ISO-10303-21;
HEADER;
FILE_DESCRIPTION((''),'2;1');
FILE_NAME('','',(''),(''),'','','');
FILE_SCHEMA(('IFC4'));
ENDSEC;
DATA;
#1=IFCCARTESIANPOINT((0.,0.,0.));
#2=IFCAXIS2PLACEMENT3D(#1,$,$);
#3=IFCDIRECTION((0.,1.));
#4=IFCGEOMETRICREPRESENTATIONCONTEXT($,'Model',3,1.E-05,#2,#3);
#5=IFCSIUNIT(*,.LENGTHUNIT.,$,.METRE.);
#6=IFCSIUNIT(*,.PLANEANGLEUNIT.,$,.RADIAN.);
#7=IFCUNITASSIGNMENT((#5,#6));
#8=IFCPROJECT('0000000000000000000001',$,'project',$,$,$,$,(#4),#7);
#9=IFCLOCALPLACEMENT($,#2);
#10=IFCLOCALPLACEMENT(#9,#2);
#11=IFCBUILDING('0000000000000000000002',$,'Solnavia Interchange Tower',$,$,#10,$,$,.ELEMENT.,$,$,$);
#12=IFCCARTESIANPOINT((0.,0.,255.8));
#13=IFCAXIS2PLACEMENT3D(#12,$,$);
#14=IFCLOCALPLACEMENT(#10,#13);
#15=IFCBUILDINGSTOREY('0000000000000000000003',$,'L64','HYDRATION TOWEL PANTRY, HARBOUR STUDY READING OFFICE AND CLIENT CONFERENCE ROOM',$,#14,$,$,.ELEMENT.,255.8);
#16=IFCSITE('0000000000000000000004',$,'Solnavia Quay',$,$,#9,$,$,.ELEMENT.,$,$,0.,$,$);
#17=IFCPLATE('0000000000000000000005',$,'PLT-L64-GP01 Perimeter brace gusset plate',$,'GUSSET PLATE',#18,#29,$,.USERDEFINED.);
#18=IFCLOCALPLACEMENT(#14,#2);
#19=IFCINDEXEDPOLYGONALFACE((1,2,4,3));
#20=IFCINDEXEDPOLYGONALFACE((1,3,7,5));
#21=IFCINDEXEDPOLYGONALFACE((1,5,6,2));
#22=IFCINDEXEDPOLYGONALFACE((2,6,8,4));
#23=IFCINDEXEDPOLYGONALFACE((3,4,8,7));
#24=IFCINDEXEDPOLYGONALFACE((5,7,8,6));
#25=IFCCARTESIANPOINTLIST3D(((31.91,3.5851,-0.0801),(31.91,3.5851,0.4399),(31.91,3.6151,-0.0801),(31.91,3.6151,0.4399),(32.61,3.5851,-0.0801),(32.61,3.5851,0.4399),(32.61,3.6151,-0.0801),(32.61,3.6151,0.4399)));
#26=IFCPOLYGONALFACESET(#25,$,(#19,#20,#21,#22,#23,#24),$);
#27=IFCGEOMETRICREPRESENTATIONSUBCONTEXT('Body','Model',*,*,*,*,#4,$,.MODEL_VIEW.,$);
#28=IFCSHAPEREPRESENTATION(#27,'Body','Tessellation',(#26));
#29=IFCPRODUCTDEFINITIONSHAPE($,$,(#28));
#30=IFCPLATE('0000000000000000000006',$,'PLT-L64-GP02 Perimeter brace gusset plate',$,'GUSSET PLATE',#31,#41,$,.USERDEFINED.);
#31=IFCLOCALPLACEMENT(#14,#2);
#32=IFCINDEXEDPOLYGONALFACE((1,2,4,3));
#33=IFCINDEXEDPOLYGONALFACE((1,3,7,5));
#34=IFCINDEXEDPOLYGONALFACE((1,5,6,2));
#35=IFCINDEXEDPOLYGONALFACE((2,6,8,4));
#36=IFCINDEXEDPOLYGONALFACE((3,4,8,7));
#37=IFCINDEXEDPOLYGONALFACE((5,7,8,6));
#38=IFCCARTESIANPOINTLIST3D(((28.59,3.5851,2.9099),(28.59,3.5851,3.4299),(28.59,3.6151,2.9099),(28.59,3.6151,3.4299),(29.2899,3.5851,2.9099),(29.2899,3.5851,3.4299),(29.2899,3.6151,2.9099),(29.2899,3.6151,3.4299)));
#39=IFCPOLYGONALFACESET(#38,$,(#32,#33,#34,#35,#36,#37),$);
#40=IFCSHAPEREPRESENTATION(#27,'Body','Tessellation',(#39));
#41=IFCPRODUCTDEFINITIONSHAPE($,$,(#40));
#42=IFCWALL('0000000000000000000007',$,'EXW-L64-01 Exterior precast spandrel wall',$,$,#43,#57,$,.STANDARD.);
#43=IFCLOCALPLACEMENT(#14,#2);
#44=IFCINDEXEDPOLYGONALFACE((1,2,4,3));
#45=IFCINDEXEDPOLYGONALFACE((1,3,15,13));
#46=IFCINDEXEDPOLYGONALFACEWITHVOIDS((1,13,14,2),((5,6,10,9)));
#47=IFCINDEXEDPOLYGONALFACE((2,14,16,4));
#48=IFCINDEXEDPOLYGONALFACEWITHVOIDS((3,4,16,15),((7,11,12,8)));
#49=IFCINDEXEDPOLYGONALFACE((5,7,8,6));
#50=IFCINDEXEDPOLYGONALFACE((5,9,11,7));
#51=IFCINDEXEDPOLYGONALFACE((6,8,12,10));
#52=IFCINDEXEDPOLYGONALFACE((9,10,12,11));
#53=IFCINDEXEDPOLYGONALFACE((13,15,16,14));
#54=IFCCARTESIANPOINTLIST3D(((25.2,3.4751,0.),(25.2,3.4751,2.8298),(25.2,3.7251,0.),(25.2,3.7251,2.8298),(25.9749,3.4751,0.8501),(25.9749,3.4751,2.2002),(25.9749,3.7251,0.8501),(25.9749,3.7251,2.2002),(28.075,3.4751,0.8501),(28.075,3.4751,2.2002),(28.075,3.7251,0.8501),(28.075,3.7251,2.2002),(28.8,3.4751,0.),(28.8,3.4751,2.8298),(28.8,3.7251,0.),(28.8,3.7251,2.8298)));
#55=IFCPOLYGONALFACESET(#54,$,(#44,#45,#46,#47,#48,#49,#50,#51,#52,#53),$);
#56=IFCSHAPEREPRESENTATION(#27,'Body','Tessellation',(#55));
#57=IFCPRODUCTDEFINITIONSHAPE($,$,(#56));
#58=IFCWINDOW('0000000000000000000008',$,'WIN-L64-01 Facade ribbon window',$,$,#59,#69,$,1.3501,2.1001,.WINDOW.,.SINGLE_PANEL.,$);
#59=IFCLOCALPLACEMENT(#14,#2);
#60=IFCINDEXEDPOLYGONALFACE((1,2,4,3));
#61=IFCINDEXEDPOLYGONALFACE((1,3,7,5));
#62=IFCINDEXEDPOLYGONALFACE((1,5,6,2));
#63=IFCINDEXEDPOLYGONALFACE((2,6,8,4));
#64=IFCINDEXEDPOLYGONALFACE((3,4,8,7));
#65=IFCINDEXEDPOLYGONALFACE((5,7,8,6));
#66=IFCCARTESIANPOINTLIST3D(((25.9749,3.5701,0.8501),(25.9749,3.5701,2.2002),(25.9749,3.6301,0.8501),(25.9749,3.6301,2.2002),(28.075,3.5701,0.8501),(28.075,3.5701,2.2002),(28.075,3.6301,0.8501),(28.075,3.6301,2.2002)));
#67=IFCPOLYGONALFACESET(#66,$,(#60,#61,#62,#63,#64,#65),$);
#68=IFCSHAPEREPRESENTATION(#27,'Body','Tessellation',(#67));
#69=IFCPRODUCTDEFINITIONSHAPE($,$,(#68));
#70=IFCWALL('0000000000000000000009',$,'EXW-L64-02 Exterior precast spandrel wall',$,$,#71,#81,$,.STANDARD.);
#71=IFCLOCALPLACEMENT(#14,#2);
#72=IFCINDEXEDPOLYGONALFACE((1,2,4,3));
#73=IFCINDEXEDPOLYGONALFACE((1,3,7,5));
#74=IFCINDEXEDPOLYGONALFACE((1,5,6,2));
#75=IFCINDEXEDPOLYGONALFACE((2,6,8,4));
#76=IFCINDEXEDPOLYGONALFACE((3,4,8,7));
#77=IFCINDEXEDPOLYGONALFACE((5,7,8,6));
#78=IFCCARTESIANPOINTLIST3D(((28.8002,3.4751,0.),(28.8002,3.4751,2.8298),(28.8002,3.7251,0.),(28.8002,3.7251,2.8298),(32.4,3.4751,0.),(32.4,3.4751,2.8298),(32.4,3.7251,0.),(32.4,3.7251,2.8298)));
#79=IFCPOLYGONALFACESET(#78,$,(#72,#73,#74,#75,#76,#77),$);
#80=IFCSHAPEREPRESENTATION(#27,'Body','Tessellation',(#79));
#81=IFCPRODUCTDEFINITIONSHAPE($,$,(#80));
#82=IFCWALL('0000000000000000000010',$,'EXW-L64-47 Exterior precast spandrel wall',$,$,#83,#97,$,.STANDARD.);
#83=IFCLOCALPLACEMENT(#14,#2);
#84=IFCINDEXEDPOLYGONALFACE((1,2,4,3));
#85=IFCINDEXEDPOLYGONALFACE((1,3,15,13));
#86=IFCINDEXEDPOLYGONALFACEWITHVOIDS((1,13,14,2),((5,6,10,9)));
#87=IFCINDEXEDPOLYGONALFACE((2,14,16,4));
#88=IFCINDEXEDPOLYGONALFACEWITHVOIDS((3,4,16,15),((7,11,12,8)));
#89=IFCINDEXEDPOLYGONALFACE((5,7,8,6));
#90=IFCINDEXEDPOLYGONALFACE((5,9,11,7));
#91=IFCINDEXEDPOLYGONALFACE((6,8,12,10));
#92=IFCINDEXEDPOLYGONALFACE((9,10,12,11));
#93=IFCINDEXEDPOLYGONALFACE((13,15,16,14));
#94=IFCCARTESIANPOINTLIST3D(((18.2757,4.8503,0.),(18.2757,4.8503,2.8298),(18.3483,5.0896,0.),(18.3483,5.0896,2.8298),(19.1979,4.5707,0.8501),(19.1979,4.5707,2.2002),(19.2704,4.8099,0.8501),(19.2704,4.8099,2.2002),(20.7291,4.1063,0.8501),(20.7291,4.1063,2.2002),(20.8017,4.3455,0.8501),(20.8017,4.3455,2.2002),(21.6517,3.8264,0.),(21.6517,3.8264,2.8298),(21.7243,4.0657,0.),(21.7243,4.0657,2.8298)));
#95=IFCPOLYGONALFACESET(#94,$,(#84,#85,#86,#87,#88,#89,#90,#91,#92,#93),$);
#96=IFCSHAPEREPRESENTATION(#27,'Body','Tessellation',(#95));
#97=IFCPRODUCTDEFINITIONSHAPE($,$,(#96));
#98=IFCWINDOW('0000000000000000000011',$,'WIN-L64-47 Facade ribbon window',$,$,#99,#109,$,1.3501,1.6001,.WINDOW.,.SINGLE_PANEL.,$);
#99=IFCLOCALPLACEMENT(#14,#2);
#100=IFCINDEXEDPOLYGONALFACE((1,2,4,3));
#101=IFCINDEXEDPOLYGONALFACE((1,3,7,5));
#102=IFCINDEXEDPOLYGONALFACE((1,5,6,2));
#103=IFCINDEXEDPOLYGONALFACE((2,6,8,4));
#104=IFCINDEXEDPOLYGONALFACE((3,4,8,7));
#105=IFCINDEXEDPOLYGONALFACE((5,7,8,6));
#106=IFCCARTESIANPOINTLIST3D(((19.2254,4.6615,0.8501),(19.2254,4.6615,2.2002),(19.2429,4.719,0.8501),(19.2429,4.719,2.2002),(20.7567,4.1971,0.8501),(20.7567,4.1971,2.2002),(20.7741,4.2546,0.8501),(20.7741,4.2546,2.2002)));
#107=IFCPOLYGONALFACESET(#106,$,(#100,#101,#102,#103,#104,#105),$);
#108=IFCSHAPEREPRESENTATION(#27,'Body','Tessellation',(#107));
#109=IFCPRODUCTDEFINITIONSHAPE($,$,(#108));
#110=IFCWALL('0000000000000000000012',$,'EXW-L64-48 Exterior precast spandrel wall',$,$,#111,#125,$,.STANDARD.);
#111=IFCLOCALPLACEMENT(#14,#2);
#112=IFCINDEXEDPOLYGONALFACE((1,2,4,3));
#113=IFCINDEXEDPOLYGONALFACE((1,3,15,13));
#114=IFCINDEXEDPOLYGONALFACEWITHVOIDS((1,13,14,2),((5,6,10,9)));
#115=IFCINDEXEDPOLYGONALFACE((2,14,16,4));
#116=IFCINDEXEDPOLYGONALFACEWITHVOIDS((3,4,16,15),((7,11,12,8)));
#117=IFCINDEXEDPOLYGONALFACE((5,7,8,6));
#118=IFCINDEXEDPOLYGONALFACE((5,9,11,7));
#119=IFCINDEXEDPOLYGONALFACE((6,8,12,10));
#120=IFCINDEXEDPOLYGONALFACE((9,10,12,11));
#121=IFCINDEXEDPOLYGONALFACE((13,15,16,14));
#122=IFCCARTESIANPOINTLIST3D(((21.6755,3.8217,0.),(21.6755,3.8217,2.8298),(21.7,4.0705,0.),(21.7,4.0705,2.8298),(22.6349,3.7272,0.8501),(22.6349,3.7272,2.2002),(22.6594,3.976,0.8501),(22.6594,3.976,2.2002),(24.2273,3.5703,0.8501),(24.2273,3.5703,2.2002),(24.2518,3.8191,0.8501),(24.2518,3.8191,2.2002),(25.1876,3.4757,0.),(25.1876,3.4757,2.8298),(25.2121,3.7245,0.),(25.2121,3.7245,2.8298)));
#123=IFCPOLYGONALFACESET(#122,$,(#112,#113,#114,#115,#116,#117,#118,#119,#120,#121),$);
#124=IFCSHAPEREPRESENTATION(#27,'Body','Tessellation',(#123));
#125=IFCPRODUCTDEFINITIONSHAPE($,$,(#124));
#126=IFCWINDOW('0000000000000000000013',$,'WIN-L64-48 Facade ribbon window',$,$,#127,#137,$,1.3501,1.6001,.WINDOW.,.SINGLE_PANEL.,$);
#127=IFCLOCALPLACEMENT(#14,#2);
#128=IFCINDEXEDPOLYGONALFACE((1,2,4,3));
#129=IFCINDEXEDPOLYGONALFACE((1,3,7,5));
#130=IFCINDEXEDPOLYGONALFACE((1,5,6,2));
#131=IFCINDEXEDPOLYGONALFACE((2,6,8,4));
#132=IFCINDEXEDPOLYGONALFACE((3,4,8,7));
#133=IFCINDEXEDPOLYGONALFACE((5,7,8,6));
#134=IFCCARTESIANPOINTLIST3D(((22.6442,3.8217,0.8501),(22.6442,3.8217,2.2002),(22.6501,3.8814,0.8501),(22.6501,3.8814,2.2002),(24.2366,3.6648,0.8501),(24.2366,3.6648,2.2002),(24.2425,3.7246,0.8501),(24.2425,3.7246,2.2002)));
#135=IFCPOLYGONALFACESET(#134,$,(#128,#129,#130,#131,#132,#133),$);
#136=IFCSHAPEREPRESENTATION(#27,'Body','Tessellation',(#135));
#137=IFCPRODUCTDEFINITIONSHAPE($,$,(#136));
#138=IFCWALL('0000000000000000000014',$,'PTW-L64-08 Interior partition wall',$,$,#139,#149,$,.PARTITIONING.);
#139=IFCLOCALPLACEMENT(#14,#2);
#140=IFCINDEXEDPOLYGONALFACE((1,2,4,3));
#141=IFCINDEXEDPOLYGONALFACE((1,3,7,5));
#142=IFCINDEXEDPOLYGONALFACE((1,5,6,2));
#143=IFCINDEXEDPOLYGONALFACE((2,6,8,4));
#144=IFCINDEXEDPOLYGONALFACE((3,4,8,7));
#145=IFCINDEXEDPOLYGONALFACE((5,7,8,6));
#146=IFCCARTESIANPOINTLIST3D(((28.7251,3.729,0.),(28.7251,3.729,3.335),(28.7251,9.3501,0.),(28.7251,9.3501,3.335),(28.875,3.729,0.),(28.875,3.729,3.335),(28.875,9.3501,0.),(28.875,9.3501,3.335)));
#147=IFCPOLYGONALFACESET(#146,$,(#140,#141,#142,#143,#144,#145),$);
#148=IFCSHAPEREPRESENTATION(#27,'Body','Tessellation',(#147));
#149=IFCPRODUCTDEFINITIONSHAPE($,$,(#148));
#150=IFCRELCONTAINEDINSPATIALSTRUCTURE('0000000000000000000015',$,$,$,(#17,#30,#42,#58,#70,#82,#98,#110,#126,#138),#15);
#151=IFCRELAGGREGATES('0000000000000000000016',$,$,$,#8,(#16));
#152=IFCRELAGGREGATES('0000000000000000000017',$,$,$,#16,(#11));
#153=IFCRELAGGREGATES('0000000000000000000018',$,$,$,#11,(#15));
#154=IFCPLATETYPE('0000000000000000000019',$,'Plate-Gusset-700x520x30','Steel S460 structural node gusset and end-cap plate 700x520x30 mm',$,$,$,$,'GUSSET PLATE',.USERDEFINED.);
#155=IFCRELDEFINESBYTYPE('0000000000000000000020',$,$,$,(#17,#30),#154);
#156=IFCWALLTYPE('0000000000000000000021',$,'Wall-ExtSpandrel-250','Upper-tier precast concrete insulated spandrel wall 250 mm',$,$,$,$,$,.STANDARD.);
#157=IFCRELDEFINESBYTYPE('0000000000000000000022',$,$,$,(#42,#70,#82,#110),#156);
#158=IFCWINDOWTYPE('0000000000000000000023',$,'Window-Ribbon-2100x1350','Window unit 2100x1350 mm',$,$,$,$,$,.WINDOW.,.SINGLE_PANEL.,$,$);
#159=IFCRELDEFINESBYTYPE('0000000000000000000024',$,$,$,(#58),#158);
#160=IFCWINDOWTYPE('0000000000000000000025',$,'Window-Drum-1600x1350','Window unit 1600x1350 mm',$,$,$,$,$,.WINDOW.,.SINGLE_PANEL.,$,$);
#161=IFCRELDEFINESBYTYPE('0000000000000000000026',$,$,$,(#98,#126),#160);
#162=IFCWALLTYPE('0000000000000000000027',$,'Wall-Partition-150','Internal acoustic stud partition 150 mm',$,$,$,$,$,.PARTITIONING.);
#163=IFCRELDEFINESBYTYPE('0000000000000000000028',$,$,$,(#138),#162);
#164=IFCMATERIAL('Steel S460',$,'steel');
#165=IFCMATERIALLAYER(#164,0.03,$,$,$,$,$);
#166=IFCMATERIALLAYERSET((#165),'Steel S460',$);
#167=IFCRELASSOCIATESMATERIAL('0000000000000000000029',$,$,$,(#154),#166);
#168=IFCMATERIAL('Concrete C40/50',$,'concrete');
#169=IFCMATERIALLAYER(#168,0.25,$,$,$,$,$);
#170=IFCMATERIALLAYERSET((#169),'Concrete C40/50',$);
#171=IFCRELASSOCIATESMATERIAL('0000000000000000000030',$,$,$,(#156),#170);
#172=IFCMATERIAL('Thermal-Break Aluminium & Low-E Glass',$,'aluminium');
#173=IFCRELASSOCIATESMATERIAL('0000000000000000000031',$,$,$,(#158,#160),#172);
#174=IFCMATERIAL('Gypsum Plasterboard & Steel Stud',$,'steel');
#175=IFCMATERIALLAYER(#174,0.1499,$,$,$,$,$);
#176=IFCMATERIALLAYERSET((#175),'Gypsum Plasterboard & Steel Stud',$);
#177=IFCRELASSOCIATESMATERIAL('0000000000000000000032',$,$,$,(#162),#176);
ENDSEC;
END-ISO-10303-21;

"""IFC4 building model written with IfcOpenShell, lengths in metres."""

from ifc_helpers import new_model, si_unit, direction, frame, frame_2d, origin, origin_2d, place, context, subcontext, project, spatial, rectangle, extrude, material, layer, layer_set, type_object, element, fill, save


model = new_model("IFC4")

# Units and contexts
model_context = context("Model", 3, precision=1e-05, world=origin(), true_north=direction((0.0, 1.0)))
body_context = subcontext(model_context, "Body", "Model", "MODEL_VIEW")
ifc_project = project(units=[si_unit("LENGTHUNIT", "METRE"), si_unit("PLANEANGLEUNIT", "RADIAN")], contexts=[model_context])

# Site, building, storey
site_placement = place(None, origin())
site = spatial("IfcSite", under=ifc_project, at=site_placement, Name="Solnavia Quay", CompositionType="ELEMENT", RefElevation=0.0)
building_placement = place(site_placement, origin())
building = spatial("IfcBuilding", under=site, at=building_placement, Name="Solnavia Interchange Tower", CompositionType="ELEMENT")
storey_placement = place(building_placement, frame((0.0, 0.0, 255.8)))
storey = spatial("IfcBuildingStorey", under=building, at=storey_placement, Name="L64", Description="HYDRATION TOWEL PANTRY, HARBOUR STUDY READING OFFICE AND CLIENT CONFERENCE ROOM", CompositionType="ELEMENT", Elevation=255.8)

# Shared definitions
ifc_material_1 = material(Name="Steel S460", Category="steel")

# Plates
ifc_layer_1 = layer(ifc_material_1, 0.03)
ifc_layer_set_1 = layer_set([ifc_layer_1], Name="Steel S460")
plate_type = type_object("IfcPlateType", Name="Plate-Gusset-700x520x30", Description="Steel S460 structural node gusset and end-cap plate 700x520x30 mm", ElementType="GUSSET PLATE", PredefinedType="USERDEFINED", material=ifc_layer_set_1)
for number, where, z_axis, x_axis, name in (
    (1, (32.26, 3.6001, -0.0801), (0.0, 0.0, 1.0), (-1.0, 0.0, 0.0), "PLT-L64-GP01 Perimeter brace gusset plate"),
    (2, (28.9399, 3.6001, 2.9099), (0.0, 0.0, 1.0), (-1.0, 0.0, 0.0), "PLT-L64-GP02 Perimeter brace gusset plate"),
):
    element("IfcPlate", number, at=place(storey_placement, frame(where, z_axis=z_axis, x_axis=x_axis)), inside=storey, type_object=plate_type, Name=name, ObjectType="GUSSET PLATE", PredefinedType="USERDEFINED", context=body_context, shape_type="SweptSolid", body=[
        extrude(rectangle(XDim=0.7, YDim=0.03, at=origin_2d()), origin(), (0.0, 0.0, 1.0), 0.52),
    ])

# Wall, opening, window
ifc_material_2 = material(Name="Concrete C40/50", Category="concrete")
ifc_layer_2 = layer(ifc_material_2, 0.25)
ifc_layer_set_2 = layer_set([ifc_layer_2], Name="Concrete C40/50")
wall_type_1 = type_object("IfcWallType", Name="Wall-ExtSpandrel-250", Description="Upper-tier precast concrete insulated spandrel wall 250 mm", PredefinedType="STANDARD", material=ifc_layer_set_2)
wall_1_placement = place(storey_placement, frame((28.8, 3.6001, 0.0), z_axis=(0.0, 0.0, 1.0), x_axis=(-1.0, 0.0, 0.0)))
wall_1 = element("IfcWall", 3, at=wall_1_placement, inside=storey, type_object=wall_type_1, Name="EXW-L64-01 Exterior precast spandrel wall", PredefinedType="STANDARD", context=body_context, shape_type="SweptSolid", body=[
    extrude(rectangle(XDim=3.6001, YDim=0.25, at=frame_2d((1.8, 0.0))), origin(), (0.0, 0.0, 1.0), 2.8298),
])
opening_1_placement = place(wall_1_placement, frame((0.7251, 0.0, 0.8501)))
opening_1 = element("IfcOpeningElement", 4, at=opening_1_placement, cuts=wall_1, PredefinedType="OPENING", context=body_context, shape_type="SweptSolid", body=[
    extrude(rectangle(XDim=2.1001, YDim=1.3501, at=frame_2d((1.05, 0.675))), frame((0.0, 0.135, 0.0), z_axis=(0.0, -1.0, 0.0), x_axis=(1.0, 0.0, 0.0)), (0.0, 0.0, 1.0), 0.27),
])
ifc_material_3 = material(Name="Thermal-Break Aluminium & Low-E Glass", Category="aluminium")
window_type_1 = type_object("IfcWindowType", Name="Window-Ribbon-2100x1350", Description="Window unit 2100x1350 mm", PartitioningType="SINGLE_PANEL", PredefinedType="WINDOW", material=ifc_material_3)
window_1_placement = place(opening_1_placement, origin())
window_1 = element("IfcWindow", 5, at=window_1_placement, inside=storey, type_object=window_type_1, Name="WIN-L64-01 Facade ribbon window", OverallHeight=1.3501, OverallWidth=2.1001, PartitioningType="SINGLE_PANEL", PredefinedType="WINDOW", context=body_context, shape_type="SweptSolid", body=[
    extrude(rectangle(XDim=2.1001, YDim=1.3501, at=frame_2d((1.05, 0.675))), frame((0.0, 0.03, 0.0), z_axis=(0.0, -1.0, 0.0), x_axis=(1.0, 0.0, 0.0)), (0.0, 0.0, 1.0), 0.0601),
])
fill(opening_1, window_1)

# Wall
wall_2_placement = place(storey_placement, frame((32.3999, 3.6001, 0.0), z_axis=(0.0, 0.0, 1.0), x_axis=(-1.0, 0.0, 0.0)))
element("IfcWall", 6, at=wall_2_placement, inside=storey, type_object=wall_type_1, Name="EXW-L64-02 Exterior precast spandrel wall", PredefinedType="STANDARD", context=body_context, shape_type="SweptSolid", body=[
    extrude(rectangle(XDim=3.5999, YDim=0.25, at=frame_2d((1.7998, 0.0))), origin(), (0.0, 0.0, 1.0), 2.8298),
])

# Walls, openings, windows
wall_3_placement = place(storey_placement, frame((21.688, 3.946, 0.0), z_axis=(0.0, 0.0, 1.0), x_axis=(-0.956953, 0.290242, 0.0)))
wall_3 = element("IfcWall", 7, at=wall_3_placement, inside=storey, type_object=wall_type_1, Name="EXW-L64-47 Exterior precast spandrel wall", PredefinedType="STANDARD", context=body_context, shape_type="SweptSolid", body=[
    extrude(rectangle(XDim=3.5278, YDim=0.25, at=frame_2d((1.7639, 0.0))), origin(), (0.0, 0.0, 1.0), 2.8298),
])
opening_2_placement = place(wall_3_placement, frame((0.9641, 0.0, 0.8501)))
opening_2 = element("IfcOpeningElement", 8, at=opening_2_placement, cuts=wall_3, PredefinedType="OPENING", context=body_context, shape_type="SweptSolid", body=[
    extrude(rectangle(XDim=1.6001, YDim=1.3501, at=frame_2d((0.8, 0.675))), frame((0.0, 0.135, 0.0), z_axis=(0.0, -1.0, 0.0), x_axis=(1.0, 0.0, 0.0)), (0.0, 0.0, 1.0), 0.27),
])
window_type_2 = type_object("IfcWindowType", Name="Window-Drum-1600x1350", Description="Window unit 1600x1350 mm", PartitioningType="SINGLE_PANEL", PredefinedType="WINDOW", material=ifc_material_3)
window_2_placement = place(opening_2_placement, origin())
window_2 = element("IfcWindow", 9, at=window_2_placement, inside=storey, type_object=window_type_2, Name="WIN-L64-47 Facade ribbon window", OverallHeight=1.3501, OverallWidth=1.6001, PartitioningType="SINGLE_PANEL", PredefinedType="WINDOW", context=body_context, shape_type="SweptSolid", body=[
    extrude(rectangle(XDim=1.6001, YDim=1.3501, at=frame_2d((0.8, 0.675))), frame((0.0, 0.03, 0.0), z_axis=(0.0, -1.0, 0.0), x_axis=(1.0, 0.0, 0.0)), (0.0, 0.0, 1.0), 0.0601),
])
fill(opening_2, window_2)
wall_4_placement = place(storey_placement, frame((25.2, 3.6001, 0.0), z_axis=(0.0, 0.0, 1.0), x_axis=(-0.995183, 0.098031, 0.0)))
wall_4 = element("IfcWall", 10, at=wall_4_placement, inside=storey, type_object=wall_type_1, Name="EXW-L64-48 Exterior precast spandrel wall", PredefinedType="STANDARD", context=body_context, shape_type="SweptSolid", body=[
    extrude(rectangle(XDim=3.5291, YDim=0.25, at=frame_2d((1.7646, 0.0))), origin(), (0.0, 0.0, 1.0), 2.8298),
])
opening_3_placement = place(wall_4_placement, frame((0.9651, 0.0, 0.8501)))
opening_3 = element("IfcOpeningElement", 11, at=opening_3_placement, cuts=wall_4, PredefinedType="OPENING", context=body_context, shape_type="SweptSolid", body=[
    extrude(rectangle(XDim=1.6001, YDim=1.3501, at=frame_2d((0.8, 0.675))), frame((0.0, 0.135, 0.0), z_axis=(0.0, -1.0, 0.0), x_axis=(1.0, 0.0, 0.0)), (0.0, 0.0, 1.0), 0.27),
])
window_3_placement = place(opening_3_placement, origin())
window_3 = element("IfcWindow", 12, at=window_3_placement, inside=storey, type_object=window_type_2, Name="WIN-L64-48 Facade ribbon window", OverallHeight=1.3501, OverallWidth=1.6001, PartitioningType="SINGLE_PANEL", PredefinedType="WINDOW", context=body_context, shape_type="SweptSolid", body=[
    extrude(rectangle(XDim=1.6001, YDim=1.3501, at=frame_2d((0.8, 0.675))), frame((0.0, 0.03, 0.0), z_axis=(0.0, -1.0, 0.0), x_axis=(1.0, 0.0, 0.0)), (0.0, 0.0, 1.0), 0.0601),
])
fill(opening_3, window_3)

# Wall
ifc_material_4 = material(Name="Gypsum Plasterboard & Steel Stud", Category="steel")
ifc_layer_3 = layer(ifc_material_4, 0.1499)
ifc_layer_set_3 = layer_set([ifc_layer_3], Name="Gypsum Plasterboard & Steel Stud")
wall_type_2 = type_object("IfcWallType", Name="Wall-Partition-150", Description="Internal acoustic stud partition 150 mm", PredefinedType="PARTITIONING", material=ifc_layer_set_3)
wall_5_placement = place(storey_placement, frame((28.8, 9.3501, 0.0), z_axis=(0.0, 0.0, 1.0), x_axis=(0.0, -1.0, 0.0)))
element("IfcWall", 13, at=wall_5_placement, inside=storey, type_object=wall_type_2, Name="PTW-L64-08 Interior partition wall", PredefinedType="PARTITIONING", context=body_context, shape_type="SweptSolid", body=[
    extrude(rectangle(XDim=5.6211, YDim=0.1499, at=frame_2d((2.8105, 0.0))), origin(), (0.0, 0.0, 1.0), 3.335),
])

save(model, "model.ifc")
